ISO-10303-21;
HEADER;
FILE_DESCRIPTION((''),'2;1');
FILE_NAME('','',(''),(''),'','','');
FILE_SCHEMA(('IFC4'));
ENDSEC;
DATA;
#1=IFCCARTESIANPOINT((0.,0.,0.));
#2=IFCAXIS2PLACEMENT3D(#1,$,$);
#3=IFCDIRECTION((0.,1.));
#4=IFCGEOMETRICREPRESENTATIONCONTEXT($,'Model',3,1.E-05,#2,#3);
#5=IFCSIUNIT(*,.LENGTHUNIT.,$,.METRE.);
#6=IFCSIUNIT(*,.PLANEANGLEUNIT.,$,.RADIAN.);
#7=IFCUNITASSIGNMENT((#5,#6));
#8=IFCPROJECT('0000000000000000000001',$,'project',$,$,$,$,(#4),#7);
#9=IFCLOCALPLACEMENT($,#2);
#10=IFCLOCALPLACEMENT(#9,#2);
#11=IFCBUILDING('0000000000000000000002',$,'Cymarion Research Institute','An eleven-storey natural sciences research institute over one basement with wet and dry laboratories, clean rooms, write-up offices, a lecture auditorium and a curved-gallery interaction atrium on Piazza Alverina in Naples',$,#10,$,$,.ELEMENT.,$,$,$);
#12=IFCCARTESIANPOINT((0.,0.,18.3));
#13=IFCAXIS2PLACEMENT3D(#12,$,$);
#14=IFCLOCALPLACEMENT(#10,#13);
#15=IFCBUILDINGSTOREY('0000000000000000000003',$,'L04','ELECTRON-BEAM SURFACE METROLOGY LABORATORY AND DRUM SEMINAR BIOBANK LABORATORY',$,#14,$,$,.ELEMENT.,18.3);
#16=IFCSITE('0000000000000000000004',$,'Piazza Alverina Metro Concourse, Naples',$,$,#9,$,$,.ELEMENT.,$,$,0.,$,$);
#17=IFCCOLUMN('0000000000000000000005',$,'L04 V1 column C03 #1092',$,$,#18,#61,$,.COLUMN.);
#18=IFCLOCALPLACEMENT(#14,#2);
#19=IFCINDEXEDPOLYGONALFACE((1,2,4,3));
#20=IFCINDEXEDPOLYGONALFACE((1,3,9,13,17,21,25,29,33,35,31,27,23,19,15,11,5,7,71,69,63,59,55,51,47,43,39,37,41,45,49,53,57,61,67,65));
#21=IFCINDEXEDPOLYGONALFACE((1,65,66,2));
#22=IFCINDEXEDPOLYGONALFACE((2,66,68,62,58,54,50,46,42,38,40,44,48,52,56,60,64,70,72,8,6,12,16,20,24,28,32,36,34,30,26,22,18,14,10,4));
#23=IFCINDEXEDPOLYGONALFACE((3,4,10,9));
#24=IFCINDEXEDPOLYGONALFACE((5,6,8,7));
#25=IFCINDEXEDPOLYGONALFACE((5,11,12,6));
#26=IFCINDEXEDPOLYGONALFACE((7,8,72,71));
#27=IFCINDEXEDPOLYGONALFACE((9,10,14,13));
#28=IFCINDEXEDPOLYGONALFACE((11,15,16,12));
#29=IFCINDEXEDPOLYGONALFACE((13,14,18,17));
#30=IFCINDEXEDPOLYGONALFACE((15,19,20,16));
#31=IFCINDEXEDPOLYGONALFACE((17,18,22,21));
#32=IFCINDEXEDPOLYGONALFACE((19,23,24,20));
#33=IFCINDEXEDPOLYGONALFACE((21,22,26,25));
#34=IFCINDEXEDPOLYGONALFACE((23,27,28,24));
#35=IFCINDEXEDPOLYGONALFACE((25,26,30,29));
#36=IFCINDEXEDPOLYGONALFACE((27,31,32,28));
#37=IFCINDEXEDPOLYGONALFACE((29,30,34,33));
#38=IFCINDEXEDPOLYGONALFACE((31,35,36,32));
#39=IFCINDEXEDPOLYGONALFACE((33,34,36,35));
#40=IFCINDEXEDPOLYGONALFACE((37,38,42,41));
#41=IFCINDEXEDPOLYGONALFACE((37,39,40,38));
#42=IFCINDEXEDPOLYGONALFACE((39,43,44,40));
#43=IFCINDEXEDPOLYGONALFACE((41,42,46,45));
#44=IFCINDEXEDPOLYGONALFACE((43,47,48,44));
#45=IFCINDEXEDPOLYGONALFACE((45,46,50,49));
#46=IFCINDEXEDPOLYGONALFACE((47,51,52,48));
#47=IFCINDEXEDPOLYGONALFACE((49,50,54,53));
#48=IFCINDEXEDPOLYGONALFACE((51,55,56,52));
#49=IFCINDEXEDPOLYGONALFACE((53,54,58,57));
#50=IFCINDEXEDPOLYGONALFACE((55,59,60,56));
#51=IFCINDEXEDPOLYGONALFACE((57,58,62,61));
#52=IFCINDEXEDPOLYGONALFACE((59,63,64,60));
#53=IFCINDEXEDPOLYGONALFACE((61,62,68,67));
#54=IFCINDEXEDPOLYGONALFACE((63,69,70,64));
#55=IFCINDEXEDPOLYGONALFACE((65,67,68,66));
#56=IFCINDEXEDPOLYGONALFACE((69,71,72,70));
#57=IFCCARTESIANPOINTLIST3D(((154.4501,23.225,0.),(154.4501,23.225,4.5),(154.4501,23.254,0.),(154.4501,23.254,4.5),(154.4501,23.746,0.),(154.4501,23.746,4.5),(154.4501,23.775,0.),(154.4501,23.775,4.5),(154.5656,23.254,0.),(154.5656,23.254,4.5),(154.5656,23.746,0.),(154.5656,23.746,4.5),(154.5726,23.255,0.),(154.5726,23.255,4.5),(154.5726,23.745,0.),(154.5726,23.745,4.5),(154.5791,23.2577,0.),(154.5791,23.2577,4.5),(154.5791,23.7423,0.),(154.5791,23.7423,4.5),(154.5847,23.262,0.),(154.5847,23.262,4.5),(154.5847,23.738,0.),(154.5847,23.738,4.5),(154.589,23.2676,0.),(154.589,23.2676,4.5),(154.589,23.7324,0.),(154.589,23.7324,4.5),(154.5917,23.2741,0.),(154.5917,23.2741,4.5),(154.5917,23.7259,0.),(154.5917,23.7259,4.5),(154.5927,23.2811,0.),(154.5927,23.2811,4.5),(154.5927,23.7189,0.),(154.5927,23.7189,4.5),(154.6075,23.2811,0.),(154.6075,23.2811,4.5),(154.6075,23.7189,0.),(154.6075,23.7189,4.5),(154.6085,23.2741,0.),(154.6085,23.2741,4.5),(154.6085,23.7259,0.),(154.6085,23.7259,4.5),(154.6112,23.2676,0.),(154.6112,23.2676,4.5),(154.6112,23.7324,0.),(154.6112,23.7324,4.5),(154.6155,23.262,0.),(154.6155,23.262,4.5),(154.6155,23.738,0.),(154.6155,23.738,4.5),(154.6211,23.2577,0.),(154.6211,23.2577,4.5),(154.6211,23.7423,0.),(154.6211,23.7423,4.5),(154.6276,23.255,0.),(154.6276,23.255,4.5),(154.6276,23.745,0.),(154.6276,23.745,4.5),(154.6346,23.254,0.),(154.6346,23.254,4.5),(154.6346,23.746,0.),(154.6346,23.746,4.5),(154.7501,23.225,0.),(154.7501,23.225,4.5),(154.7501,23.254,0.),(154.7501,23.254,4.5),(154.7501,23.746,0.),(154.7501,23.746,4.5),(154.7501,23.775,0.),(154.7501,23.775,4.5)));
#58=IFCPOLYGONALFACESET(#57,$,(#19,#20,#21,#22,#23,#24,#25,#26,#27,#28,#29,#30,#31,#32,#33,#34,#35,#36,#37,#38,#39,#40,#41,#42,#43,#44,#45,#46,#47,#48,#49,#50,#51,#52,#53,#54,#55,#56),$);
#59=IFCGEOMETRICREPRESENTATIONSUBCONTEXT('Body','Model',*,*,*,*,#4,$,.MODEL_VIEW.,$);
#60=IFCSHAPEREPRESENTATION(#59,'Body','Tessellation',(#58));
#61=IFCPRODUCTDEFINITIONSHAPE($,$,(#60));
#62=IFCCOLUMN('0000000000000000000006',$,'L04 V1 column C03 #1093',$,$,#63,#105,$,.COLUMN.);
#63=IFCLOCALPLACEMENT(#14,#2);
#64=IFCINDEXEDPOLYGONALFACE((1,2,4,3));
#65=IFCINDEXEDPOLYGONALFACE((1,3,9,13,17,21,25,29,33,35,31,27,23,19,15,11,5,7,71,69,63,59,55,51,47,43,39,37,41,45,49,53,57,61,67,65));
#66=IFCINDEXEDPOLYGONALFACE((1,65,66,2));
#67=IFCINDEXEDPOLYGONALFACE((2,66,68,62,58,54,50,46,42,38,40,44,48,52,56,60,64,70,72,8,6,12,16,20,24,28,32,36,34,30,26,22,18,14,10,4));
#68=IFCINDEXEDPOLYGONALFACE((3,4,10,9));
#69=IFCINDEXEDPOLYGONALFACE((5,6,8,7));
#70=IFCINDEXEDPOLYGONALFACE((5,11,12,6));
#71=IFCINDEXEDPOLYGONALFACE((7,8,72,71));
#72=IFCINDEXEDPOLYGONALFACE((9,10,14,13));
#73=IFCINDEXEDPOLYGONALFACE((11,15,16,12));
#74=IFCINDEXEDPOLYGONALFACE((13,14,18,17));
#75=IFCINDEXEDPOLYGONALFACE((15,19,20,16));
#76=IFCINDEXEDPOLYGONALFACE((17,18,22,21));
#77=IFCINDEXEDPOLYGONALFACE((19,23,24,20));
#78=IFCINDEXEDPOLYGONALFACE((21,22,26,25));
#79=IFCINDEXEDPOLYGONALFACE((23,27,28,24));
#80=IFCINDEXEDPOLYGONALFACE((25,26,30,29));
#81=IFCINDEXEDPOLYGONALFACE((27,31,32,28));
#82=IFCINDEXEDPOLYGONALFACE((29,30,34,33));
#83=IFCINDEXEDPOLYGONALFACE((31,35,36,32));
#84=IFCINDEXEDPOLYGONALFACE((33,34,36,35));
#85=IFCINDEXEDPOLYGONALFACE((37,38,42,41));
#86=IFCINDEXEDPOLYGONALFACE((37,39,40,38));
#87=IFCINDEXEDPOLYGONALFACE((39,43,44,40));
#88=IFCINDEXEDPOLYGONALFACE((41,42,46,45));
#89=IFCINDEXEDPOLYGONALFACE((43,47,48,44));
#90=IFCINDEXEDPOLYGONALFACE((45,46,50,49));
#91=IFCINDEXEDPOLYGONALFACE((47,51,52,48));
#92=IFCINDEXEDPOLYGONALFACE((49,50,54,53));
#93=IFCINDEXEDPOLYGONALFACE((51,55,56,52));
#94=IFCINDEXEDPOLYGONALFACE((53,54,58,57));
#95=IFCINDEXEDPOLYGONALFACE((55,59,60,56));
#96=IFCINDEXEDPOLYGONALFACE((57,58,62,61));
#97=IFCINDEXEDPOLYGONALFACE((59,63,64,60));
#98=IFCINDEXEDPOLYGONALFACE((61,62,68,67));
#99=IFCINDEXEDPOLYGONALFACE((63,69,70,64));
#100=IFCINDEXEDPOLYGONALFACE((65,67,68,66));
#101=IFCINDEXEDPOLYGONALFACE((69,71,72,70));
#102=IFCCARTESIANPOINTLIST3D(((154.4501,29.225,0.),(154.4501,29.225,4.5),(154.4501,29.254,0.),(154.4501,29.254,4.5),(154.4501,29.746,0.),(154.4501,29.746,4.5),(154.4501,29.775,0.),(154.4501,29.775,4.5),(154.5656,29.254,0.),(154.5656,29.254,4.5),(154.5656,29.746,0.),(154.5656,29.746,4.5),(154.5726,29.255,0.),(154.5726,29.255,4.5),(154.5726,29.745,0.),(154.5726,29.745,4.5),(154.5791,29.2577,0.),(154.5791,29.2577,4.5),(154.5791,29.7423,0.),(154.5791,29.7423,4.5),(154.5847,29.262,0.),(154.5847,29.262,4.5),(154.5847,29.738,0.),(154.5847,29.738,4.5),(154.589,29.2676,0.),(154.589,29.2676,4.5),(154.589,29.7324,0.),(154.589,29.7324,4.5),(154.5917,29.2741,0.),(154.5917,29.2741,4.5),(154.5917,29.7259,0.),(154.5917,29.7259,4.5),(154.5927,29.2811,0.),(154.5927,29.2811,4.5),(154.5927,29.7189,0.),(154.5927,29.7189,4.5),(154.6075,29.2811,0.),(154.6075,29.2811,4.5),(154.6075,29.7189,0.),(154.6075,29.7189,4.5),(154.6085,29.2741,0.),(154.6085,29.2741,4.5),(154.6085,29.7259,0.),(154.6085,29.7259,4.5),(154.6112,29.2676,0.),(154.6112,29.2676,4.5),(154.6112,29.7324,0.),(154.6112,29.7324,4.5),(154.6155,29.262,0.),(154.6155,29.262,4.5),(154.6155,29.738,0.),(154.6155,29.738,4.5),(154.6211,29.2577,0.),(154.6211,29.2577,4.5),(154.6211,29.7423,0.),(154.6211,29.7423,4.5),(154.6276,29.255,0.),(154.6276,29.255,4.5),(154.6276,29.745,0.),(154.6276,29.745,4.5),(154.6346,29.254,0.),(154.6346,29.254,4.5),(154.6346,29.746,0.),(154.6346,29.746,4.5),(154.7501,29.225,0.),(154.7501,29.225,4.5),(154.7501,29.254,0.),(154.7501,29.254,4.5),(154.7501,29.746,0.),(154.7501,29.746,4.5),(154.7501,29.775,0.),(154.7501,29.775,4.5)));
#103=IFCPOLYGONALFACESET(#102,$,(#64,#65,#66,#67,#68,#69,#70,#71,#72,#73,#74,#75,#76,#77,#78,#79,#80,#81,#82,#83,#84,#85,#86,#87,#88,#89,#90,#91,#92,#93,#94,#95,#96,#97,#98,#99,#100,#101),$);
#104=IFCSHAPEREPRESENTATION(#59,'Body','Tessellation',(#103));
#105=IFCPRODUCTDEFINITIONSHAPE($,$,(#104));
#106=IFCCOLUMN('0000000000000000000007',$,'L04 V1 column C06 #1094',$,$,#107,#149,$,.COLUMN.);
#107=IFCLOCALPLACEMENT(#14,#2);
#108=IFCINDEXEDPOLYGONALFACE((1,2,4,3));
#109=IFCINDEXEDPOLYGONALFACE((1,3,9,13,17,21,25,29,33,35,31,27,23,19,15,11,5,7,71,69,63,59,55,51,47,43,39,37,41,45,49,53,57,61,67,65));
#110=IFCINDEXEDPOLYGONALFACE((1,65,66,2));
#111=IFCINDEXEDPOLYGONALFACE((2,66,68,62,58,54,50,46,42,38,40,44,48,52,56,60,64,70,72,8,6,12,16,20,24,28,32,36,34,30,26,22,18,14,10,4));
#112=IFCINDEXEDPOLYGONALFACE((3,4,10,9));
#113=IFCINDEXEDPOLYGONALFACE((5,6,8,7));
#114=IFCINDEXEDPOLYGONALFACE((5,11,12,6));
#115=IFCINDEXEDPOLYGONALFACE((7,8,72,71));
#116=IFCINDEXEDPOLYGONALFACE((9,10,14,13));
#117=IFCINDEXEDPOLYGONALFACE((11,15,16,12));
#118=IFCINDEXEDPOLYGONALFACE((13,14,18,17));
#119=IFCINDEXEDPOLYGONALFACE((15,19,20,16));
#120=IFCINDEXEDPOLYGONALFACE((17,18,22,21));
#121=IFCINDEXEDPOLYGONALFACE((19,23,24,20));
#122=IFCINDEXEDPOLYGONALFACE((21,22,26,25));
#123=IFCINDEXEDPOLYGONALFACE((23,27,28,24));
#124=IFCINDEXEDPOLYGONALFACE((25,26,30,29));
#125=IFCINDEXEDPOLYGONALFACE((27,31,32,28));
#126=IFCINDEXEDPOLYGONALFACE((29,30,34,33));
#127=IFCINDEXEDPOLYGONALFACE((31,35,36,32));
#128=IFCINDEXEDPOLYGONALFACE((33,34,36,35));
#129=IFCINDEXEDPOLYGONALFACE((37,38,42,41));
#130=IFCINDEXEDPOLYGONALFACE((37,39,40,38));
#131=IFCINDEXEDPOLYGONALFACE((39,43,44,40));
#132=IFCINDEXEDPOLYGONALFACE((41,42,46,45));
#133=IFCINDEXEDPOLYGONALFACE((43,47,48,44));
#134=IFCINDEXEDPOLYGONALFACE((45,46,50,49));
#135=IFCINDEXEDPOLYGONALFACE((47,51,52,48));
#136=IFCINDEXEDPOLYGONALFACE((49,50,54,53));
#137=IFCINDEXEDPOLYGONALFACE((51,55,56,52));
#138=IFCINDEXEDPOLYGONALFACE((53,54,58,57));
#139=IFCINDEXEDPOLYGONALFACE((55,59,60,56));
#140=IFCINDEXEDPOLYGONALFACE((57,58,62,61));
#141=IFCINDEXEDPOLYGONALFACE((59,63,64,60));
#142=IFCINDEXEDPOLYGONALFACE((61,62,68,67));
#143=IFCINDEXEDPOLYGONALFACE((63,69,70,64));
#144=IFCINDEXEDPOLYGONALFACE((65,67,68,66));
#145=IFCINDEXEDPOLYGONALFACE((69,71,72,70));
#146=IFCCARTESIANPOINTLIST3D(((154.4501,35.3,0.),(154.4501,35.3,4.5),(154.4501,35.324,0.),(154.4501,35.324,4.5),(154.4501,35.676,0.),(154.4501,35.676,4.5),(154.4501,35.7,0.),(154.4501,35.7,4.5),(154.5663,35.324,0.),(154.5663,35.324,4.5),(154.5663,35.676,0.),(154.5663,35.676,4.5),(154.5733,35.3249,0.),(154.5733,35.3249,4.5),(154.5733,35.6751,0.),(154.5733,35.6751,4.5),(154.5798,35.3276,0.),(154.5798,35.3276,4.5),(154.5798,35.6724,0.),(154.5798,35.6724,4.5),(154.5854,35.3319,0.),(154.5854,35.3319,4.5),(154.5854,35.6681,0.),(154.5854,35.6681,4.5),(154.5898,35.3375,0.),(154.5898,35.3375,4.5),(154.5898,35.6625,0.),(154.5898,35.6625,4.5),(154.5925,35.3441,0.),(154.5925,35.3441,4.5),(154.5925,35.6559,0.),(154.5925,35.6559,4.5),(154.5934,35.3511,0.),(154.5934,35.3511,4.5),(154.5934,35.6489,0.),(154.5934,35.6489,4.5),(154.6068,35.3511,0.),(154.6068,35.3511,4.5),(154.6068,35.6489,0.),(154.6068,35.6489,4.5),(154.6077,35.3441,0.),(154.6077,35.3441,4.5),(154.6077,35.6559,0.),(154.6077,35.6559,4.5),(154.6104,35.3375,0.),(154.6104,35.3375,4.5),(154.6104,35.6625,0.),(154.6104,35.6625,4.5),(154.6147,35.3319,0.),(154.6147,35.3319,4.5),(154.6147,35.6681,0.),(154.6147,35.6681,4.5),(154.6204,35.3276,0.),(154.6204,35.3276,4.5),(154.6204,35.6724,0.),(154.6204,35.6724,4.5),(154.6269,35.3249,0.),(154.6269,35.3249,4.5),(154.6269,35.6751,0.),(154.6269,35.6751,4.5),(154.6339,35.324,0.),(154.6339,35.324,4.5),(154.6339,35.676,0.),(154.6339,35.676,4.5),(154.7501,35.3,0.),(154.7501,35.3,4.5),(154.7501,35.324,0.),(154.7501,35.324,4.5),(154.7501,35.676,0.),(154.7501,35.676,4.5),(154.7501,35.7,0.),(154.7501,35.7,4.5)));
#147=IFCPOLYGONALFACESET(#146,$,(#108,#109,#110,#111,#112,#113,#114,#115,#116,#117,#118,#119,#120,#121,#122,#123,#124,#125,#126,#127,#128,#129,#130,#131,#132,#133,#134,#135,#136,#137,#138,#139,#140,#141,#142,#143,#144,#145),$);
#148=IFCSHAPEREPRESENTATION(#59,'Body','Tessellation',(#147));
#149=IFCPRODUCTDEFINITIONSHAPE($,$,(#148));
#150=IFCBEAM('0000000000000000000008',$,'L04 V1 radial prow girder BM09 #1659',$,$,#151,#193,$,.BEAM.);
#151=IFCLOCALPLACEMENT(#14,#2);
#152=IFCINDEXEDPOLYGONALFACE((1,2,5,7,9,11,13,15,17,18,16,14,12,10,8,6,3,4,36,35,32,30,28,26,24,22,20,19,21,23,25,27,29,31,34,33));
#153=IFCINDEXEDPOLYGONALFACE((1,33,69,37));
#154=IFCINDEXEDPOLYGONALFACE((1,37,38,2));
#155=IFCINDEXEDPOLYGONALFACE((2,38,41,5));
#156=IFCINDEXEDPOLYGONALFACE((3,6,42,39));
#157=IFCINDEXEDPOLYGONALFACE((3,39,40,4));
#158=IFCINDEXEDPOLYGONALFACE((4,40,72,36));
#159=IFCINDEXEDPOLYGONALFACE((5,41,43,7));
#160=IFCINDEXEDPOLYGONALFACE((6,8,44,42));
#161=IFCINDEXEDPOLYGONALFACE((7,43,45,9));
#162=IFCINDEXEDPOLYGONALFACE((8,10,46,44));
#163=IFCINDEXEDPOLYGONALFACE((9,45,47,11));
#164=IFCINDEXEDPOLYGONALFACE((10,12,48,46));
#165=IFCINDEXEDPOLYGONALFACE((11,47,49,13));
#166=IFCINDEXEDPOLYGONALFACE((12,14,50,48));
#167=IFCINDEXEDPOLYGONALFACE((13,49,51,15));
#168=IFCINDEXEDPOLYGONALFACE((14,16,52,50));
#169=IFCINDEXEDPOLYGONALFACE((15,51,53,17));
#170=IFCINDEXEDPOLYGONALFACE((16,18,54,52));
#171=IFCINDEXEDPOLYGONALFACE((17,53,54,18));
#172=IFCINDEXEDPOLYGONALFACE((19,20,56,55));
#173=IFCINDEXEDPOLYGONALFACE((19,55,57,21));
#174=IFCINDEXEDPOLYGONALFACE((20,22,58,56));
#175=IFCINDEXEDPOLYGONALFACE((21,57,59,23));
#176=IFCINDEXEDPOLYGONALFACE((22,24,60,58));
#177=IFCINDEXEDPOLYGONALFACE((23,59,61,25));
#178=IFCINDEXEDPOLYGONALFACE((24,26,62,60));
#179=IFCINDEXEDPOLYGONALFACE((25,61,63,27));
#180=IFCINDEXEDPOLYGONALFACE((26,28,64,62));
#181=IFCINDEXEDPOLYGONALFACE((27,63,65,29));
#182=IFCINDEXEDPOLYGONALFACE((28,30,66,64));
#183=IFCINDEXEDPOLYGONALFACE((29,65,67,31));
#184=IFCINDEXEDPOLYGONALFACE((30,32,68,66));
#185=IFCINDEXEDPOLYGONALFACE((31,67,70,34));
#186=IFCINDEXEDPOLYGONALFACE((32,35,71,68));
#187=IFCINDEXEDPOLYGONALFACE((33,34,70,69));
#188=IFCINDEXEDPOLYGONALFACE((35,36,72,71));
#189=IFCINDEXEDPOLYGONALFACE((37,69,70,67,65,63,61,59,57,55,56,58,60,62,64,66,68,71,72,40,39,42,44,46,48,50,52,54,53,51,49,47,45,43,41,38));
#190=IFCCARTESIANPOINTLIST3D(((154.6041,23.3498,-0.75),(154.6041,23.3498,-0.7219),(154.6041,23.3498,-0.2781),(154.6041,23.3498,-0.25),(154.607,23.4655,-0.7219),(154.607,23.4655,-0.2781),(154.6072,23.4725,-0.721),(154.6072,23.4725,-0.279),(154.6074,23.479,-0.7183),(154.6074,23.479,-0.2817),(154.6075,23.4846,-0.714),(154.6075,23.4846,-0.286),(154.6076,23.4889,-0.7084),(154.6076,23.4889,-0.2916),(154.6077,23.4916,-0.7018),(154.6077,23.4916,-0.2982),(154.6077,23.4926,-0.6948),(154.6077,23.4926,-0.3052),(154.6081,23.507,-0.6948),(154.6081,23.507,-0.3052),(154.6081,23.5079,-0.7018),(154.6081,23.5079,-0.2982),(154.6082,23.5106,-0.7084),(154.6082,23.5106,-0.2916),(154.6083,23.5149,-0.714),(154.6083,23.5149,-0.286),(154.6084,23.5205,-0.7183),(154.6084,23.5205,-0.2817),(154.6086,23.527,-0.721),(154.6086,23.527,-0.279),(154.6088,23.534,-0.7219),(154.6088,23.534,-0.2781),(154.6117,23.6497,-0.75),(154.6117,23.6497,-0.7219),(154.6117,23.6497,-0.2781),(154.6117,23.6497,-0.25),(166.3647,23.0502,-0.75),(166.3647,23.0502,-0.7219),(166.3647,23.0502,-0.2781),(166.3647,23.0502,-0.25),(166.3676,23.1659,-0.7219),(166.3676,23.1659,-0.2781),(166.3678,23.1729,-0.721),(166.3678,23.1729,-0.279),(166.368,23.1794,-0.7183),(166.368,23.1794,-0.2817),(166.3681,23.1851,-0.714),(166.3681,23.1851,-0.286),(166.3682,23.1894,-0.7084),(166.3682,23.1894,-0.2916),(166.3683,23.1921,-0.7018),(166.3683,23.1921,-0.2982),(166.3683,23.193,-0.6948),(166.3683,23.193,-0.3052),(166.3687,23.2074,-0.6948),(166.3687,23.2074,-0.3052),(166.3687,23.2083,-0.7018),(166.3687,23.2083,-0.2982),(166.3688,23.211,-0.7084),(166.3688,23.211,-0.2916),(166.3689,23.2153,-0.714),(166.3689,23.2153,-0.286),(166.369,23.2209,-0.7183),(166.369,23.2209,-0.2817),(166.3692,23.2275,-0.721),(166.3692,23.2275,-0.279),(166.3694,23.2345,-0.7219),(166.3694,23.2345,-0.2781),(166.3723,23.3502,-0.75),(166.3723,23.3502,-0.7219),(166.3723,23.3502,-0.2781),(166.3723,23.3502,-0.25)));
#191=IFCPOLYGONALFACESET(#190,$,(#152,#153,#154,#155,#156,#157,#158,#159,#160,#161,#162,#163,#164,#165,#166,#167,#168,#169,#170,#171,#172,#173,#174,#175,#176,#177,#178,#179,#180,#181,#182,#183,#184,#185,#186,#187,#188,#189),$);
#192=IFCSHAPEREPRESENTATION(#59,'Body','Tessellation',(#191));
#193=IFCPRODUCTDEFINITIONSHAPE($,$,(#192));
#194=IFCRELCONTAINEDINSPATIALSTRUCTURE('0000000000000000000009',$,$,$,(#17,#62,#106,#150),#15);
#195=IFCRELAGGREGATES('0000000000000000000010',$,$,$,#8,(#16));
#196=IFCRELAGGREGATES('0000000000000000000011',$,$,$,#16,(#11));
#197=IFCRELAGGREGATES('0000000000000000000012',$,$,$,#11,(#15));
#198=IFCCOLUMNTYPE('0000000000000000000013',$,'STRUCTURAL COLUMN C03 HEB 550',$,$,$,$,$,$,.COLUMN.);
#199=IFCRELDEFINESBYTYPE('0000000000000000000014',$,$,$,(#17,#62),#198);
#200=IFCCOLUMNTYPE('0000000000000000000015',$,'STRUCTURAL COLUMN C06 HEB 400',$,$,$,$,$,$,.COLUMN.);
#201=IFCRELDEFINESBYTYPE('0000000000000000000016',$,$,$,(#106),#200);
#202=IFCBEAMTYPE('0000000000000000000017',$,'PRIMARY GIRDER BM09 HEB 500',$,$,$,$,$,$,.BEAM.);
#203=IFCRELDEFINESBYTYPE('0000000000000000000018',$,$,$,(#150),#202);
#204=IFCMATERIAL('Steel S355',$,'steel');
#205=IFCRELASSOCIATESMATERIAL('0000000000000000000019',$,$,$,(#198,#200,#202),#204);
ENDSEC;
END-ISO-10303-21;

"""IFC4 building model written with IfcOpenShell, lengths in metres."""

from ifc_helpers import new_model, si_unit, direction, frame, origin, origin_2d, place, context, subcontext, project, spatial, i_section, extrude, material, material_profile, profile_set, type_object, element, save


model = new_model("IFC4")

# Units and contexts
model_context = context("Model", 3, precision=1e-05, world=origin(), true_north=direction((0.0, 1.0)))
body_context = subcontext(model_context, "Body", "Model", "MODEL_VIEW")
ifc_project = project(units=[si_unit("LENGTHUNIT", "METRE"), si_unit("PLANEANGLEUNIT", "RADIAN")], contexts=[model_context])

# Site, building, storey
site_placement = place(None, origin())
site = spatial("IfcSite", under=ifc_project, at=site_placement, Name="Piazza Alverina Metro Concourse, Naples", CompositionType="ELEMENT", RefElevation=0.0)
building_placement = place(site_placement, origin())
building = spatial("IfcBuilding", under=site, at=building_placement, Name="Cymarion Research Institute", Description="An eleven-storey natural sciences research institute over one basement with wet and dry laboratories, clean rooms, write-up offices, a lecture auditorium and a curved-gallery interaction atrium on Piazza Alverina in Naples", CompositionType="ELEMENT")
storey_placement = place(building_placement, frame((0.0, 0.0, 18.3)))
storey = spatial("IfcBuildingStorey", under=building, at=storey_placement, Name="L04", Description="ELECTRON-BEAM SURFACE METROLOGY LABORATORY AND DRUM SEMINAR BIOBANK LABORATORY", CompositionType="ELEMENT", Elevation=18.3)

# Columns
ifc_material_1 = material(Name="Steel S355", Category="steel")
ifc_material_profile_1 = material_profile(ifc_material_1, i_section(OverallWidth=0.3, OverallDepth=0.55, WebThickness=0.0149, FlangeThickness=0.0291, FilletRadius=0.0271, at=origin_2d()), Name="HEB 550")
ifc_profile_set_1 = profile_set([ifc_material_profile_1], Name="Steel S355")
column_type_1 = type_object("IfcColumnType", Name="STRUCTURAL COLUMN C03 HEB 550", PredefinedType="COLUMN", material=ifc_profile_set_1)
for number, where, z_axis, x_axis, name in (
    (1, (154.6001, 23.5, 0.0), (0.0, 0.0, 1.0), (1.0, 0.0, 0.0), "L04 V1 column C03 #1092"),
    (2, (154.6001, 29.5, 0.0), (0.0, 0.0, 1.0), (1.0, 0.0, 0.0), "L04 V1 column C03 #1093"),
):
    element("IfcColumn", number, at=place(storey_placement, frame(where, z_axis=z_axis, x_axis=x_axis)), inside=storey, type_object=column_type_1, Name=name, PredefinedType="COLUMN", context=body_context, shape_type="SweptSolid", body=[
        extrude(i_section(OverallWidth=0.3, OverallDepth=0.55, WebThickness=0.0149, FlangeThickness=0.0291, FilletRadius=0.0271, at=origin_2d()), origin(), (0.0, 0.0, 1.0), 4.5),
    ])
ifc_material_profile_2 = material_profile(ifc_material_1, i_section(OverallWidth=0.3, OverallDepth=0.3999, WebThickness=0.0134, FlangeThickness=0.0239, FilletRadius=0.0271, at=origin_2d()), Name="HEB 400")
ifc_profile_set_2 = profile_set([ifc_material_profile_2], Name="Steel S355")
column_type_2 = type_object("IfcColumnType", Name="STRUCTURAL COLUMN C06 HEB 400", PredefinedType="COLUMN", material=ifc_profile_set_2)
column_placement = place(storey_placement, frame((154.6001, 35.5, 0.0), z_axis=(0.0, 0.0, 1.0), x_axis=(1.0, 0.0, 0.0)))
element("IfcColumn", 3, at=column_placement, inside=storey, type_object=column_type_2, Name="L04 V1 column C06 #1094", PredefinedType="COLUMN", context=body_context, shape_type="SweptSolid", body=[
    extrude(i_section(OverallWidth=0.3, OverallDepth=0.3999, WebThickness=0.0134, FlangeThickness=0.0239, FilletRadius=0.0271, at=origin_2d()), origin(), (0.0, 0.0, 1.0), 4.5),
])

# Beam
ifc_material_profile_3 = material_profile(ifc_material_1, i_section(OverallWidth=0.3, OverallDepth=0.5, WebThickness=0.0144, FlangeThickness=0.0281, FilletRadius=0.0271, at=origin_2d()), Name="HEB 500")
ifc_profile_set_3 = profile_set([ifc_material_profile_3], Name="Steel S355")
beam_type_1 = type_object("IfcBeamType", Name="PRIMARY GIRDER BM09 HEB 500", PredefinedType="BEAM", material=ifc_profile_set_3)
beam_1_placement = place(storey_placement, frame((154.6079, 23.4998, -0.5), z_axis=(0.999676, -0.025463, 0.0), x_axis=(0.025463, 0.999676, 0.0)))
element("IfcBeam", 4, at=beam_1_placement, inside=storey, type_object=beam_type_1, Name="L04 V1 radial prow girder BM09 #1659", PredefinedType="BEAM", context=body_context, shape_type="SweptSolid", body=[
    extrude(i_section(OverallWidth=0.3, OverallDepth=0.5, WebThickness=0.0144, FlangeThickness=0.0281, FilletRadius=0.0271, at=origin_2d()), origin(), (0.0, 0.0, 1.0), 11.7644),
])

save(model, "model.ifc")
